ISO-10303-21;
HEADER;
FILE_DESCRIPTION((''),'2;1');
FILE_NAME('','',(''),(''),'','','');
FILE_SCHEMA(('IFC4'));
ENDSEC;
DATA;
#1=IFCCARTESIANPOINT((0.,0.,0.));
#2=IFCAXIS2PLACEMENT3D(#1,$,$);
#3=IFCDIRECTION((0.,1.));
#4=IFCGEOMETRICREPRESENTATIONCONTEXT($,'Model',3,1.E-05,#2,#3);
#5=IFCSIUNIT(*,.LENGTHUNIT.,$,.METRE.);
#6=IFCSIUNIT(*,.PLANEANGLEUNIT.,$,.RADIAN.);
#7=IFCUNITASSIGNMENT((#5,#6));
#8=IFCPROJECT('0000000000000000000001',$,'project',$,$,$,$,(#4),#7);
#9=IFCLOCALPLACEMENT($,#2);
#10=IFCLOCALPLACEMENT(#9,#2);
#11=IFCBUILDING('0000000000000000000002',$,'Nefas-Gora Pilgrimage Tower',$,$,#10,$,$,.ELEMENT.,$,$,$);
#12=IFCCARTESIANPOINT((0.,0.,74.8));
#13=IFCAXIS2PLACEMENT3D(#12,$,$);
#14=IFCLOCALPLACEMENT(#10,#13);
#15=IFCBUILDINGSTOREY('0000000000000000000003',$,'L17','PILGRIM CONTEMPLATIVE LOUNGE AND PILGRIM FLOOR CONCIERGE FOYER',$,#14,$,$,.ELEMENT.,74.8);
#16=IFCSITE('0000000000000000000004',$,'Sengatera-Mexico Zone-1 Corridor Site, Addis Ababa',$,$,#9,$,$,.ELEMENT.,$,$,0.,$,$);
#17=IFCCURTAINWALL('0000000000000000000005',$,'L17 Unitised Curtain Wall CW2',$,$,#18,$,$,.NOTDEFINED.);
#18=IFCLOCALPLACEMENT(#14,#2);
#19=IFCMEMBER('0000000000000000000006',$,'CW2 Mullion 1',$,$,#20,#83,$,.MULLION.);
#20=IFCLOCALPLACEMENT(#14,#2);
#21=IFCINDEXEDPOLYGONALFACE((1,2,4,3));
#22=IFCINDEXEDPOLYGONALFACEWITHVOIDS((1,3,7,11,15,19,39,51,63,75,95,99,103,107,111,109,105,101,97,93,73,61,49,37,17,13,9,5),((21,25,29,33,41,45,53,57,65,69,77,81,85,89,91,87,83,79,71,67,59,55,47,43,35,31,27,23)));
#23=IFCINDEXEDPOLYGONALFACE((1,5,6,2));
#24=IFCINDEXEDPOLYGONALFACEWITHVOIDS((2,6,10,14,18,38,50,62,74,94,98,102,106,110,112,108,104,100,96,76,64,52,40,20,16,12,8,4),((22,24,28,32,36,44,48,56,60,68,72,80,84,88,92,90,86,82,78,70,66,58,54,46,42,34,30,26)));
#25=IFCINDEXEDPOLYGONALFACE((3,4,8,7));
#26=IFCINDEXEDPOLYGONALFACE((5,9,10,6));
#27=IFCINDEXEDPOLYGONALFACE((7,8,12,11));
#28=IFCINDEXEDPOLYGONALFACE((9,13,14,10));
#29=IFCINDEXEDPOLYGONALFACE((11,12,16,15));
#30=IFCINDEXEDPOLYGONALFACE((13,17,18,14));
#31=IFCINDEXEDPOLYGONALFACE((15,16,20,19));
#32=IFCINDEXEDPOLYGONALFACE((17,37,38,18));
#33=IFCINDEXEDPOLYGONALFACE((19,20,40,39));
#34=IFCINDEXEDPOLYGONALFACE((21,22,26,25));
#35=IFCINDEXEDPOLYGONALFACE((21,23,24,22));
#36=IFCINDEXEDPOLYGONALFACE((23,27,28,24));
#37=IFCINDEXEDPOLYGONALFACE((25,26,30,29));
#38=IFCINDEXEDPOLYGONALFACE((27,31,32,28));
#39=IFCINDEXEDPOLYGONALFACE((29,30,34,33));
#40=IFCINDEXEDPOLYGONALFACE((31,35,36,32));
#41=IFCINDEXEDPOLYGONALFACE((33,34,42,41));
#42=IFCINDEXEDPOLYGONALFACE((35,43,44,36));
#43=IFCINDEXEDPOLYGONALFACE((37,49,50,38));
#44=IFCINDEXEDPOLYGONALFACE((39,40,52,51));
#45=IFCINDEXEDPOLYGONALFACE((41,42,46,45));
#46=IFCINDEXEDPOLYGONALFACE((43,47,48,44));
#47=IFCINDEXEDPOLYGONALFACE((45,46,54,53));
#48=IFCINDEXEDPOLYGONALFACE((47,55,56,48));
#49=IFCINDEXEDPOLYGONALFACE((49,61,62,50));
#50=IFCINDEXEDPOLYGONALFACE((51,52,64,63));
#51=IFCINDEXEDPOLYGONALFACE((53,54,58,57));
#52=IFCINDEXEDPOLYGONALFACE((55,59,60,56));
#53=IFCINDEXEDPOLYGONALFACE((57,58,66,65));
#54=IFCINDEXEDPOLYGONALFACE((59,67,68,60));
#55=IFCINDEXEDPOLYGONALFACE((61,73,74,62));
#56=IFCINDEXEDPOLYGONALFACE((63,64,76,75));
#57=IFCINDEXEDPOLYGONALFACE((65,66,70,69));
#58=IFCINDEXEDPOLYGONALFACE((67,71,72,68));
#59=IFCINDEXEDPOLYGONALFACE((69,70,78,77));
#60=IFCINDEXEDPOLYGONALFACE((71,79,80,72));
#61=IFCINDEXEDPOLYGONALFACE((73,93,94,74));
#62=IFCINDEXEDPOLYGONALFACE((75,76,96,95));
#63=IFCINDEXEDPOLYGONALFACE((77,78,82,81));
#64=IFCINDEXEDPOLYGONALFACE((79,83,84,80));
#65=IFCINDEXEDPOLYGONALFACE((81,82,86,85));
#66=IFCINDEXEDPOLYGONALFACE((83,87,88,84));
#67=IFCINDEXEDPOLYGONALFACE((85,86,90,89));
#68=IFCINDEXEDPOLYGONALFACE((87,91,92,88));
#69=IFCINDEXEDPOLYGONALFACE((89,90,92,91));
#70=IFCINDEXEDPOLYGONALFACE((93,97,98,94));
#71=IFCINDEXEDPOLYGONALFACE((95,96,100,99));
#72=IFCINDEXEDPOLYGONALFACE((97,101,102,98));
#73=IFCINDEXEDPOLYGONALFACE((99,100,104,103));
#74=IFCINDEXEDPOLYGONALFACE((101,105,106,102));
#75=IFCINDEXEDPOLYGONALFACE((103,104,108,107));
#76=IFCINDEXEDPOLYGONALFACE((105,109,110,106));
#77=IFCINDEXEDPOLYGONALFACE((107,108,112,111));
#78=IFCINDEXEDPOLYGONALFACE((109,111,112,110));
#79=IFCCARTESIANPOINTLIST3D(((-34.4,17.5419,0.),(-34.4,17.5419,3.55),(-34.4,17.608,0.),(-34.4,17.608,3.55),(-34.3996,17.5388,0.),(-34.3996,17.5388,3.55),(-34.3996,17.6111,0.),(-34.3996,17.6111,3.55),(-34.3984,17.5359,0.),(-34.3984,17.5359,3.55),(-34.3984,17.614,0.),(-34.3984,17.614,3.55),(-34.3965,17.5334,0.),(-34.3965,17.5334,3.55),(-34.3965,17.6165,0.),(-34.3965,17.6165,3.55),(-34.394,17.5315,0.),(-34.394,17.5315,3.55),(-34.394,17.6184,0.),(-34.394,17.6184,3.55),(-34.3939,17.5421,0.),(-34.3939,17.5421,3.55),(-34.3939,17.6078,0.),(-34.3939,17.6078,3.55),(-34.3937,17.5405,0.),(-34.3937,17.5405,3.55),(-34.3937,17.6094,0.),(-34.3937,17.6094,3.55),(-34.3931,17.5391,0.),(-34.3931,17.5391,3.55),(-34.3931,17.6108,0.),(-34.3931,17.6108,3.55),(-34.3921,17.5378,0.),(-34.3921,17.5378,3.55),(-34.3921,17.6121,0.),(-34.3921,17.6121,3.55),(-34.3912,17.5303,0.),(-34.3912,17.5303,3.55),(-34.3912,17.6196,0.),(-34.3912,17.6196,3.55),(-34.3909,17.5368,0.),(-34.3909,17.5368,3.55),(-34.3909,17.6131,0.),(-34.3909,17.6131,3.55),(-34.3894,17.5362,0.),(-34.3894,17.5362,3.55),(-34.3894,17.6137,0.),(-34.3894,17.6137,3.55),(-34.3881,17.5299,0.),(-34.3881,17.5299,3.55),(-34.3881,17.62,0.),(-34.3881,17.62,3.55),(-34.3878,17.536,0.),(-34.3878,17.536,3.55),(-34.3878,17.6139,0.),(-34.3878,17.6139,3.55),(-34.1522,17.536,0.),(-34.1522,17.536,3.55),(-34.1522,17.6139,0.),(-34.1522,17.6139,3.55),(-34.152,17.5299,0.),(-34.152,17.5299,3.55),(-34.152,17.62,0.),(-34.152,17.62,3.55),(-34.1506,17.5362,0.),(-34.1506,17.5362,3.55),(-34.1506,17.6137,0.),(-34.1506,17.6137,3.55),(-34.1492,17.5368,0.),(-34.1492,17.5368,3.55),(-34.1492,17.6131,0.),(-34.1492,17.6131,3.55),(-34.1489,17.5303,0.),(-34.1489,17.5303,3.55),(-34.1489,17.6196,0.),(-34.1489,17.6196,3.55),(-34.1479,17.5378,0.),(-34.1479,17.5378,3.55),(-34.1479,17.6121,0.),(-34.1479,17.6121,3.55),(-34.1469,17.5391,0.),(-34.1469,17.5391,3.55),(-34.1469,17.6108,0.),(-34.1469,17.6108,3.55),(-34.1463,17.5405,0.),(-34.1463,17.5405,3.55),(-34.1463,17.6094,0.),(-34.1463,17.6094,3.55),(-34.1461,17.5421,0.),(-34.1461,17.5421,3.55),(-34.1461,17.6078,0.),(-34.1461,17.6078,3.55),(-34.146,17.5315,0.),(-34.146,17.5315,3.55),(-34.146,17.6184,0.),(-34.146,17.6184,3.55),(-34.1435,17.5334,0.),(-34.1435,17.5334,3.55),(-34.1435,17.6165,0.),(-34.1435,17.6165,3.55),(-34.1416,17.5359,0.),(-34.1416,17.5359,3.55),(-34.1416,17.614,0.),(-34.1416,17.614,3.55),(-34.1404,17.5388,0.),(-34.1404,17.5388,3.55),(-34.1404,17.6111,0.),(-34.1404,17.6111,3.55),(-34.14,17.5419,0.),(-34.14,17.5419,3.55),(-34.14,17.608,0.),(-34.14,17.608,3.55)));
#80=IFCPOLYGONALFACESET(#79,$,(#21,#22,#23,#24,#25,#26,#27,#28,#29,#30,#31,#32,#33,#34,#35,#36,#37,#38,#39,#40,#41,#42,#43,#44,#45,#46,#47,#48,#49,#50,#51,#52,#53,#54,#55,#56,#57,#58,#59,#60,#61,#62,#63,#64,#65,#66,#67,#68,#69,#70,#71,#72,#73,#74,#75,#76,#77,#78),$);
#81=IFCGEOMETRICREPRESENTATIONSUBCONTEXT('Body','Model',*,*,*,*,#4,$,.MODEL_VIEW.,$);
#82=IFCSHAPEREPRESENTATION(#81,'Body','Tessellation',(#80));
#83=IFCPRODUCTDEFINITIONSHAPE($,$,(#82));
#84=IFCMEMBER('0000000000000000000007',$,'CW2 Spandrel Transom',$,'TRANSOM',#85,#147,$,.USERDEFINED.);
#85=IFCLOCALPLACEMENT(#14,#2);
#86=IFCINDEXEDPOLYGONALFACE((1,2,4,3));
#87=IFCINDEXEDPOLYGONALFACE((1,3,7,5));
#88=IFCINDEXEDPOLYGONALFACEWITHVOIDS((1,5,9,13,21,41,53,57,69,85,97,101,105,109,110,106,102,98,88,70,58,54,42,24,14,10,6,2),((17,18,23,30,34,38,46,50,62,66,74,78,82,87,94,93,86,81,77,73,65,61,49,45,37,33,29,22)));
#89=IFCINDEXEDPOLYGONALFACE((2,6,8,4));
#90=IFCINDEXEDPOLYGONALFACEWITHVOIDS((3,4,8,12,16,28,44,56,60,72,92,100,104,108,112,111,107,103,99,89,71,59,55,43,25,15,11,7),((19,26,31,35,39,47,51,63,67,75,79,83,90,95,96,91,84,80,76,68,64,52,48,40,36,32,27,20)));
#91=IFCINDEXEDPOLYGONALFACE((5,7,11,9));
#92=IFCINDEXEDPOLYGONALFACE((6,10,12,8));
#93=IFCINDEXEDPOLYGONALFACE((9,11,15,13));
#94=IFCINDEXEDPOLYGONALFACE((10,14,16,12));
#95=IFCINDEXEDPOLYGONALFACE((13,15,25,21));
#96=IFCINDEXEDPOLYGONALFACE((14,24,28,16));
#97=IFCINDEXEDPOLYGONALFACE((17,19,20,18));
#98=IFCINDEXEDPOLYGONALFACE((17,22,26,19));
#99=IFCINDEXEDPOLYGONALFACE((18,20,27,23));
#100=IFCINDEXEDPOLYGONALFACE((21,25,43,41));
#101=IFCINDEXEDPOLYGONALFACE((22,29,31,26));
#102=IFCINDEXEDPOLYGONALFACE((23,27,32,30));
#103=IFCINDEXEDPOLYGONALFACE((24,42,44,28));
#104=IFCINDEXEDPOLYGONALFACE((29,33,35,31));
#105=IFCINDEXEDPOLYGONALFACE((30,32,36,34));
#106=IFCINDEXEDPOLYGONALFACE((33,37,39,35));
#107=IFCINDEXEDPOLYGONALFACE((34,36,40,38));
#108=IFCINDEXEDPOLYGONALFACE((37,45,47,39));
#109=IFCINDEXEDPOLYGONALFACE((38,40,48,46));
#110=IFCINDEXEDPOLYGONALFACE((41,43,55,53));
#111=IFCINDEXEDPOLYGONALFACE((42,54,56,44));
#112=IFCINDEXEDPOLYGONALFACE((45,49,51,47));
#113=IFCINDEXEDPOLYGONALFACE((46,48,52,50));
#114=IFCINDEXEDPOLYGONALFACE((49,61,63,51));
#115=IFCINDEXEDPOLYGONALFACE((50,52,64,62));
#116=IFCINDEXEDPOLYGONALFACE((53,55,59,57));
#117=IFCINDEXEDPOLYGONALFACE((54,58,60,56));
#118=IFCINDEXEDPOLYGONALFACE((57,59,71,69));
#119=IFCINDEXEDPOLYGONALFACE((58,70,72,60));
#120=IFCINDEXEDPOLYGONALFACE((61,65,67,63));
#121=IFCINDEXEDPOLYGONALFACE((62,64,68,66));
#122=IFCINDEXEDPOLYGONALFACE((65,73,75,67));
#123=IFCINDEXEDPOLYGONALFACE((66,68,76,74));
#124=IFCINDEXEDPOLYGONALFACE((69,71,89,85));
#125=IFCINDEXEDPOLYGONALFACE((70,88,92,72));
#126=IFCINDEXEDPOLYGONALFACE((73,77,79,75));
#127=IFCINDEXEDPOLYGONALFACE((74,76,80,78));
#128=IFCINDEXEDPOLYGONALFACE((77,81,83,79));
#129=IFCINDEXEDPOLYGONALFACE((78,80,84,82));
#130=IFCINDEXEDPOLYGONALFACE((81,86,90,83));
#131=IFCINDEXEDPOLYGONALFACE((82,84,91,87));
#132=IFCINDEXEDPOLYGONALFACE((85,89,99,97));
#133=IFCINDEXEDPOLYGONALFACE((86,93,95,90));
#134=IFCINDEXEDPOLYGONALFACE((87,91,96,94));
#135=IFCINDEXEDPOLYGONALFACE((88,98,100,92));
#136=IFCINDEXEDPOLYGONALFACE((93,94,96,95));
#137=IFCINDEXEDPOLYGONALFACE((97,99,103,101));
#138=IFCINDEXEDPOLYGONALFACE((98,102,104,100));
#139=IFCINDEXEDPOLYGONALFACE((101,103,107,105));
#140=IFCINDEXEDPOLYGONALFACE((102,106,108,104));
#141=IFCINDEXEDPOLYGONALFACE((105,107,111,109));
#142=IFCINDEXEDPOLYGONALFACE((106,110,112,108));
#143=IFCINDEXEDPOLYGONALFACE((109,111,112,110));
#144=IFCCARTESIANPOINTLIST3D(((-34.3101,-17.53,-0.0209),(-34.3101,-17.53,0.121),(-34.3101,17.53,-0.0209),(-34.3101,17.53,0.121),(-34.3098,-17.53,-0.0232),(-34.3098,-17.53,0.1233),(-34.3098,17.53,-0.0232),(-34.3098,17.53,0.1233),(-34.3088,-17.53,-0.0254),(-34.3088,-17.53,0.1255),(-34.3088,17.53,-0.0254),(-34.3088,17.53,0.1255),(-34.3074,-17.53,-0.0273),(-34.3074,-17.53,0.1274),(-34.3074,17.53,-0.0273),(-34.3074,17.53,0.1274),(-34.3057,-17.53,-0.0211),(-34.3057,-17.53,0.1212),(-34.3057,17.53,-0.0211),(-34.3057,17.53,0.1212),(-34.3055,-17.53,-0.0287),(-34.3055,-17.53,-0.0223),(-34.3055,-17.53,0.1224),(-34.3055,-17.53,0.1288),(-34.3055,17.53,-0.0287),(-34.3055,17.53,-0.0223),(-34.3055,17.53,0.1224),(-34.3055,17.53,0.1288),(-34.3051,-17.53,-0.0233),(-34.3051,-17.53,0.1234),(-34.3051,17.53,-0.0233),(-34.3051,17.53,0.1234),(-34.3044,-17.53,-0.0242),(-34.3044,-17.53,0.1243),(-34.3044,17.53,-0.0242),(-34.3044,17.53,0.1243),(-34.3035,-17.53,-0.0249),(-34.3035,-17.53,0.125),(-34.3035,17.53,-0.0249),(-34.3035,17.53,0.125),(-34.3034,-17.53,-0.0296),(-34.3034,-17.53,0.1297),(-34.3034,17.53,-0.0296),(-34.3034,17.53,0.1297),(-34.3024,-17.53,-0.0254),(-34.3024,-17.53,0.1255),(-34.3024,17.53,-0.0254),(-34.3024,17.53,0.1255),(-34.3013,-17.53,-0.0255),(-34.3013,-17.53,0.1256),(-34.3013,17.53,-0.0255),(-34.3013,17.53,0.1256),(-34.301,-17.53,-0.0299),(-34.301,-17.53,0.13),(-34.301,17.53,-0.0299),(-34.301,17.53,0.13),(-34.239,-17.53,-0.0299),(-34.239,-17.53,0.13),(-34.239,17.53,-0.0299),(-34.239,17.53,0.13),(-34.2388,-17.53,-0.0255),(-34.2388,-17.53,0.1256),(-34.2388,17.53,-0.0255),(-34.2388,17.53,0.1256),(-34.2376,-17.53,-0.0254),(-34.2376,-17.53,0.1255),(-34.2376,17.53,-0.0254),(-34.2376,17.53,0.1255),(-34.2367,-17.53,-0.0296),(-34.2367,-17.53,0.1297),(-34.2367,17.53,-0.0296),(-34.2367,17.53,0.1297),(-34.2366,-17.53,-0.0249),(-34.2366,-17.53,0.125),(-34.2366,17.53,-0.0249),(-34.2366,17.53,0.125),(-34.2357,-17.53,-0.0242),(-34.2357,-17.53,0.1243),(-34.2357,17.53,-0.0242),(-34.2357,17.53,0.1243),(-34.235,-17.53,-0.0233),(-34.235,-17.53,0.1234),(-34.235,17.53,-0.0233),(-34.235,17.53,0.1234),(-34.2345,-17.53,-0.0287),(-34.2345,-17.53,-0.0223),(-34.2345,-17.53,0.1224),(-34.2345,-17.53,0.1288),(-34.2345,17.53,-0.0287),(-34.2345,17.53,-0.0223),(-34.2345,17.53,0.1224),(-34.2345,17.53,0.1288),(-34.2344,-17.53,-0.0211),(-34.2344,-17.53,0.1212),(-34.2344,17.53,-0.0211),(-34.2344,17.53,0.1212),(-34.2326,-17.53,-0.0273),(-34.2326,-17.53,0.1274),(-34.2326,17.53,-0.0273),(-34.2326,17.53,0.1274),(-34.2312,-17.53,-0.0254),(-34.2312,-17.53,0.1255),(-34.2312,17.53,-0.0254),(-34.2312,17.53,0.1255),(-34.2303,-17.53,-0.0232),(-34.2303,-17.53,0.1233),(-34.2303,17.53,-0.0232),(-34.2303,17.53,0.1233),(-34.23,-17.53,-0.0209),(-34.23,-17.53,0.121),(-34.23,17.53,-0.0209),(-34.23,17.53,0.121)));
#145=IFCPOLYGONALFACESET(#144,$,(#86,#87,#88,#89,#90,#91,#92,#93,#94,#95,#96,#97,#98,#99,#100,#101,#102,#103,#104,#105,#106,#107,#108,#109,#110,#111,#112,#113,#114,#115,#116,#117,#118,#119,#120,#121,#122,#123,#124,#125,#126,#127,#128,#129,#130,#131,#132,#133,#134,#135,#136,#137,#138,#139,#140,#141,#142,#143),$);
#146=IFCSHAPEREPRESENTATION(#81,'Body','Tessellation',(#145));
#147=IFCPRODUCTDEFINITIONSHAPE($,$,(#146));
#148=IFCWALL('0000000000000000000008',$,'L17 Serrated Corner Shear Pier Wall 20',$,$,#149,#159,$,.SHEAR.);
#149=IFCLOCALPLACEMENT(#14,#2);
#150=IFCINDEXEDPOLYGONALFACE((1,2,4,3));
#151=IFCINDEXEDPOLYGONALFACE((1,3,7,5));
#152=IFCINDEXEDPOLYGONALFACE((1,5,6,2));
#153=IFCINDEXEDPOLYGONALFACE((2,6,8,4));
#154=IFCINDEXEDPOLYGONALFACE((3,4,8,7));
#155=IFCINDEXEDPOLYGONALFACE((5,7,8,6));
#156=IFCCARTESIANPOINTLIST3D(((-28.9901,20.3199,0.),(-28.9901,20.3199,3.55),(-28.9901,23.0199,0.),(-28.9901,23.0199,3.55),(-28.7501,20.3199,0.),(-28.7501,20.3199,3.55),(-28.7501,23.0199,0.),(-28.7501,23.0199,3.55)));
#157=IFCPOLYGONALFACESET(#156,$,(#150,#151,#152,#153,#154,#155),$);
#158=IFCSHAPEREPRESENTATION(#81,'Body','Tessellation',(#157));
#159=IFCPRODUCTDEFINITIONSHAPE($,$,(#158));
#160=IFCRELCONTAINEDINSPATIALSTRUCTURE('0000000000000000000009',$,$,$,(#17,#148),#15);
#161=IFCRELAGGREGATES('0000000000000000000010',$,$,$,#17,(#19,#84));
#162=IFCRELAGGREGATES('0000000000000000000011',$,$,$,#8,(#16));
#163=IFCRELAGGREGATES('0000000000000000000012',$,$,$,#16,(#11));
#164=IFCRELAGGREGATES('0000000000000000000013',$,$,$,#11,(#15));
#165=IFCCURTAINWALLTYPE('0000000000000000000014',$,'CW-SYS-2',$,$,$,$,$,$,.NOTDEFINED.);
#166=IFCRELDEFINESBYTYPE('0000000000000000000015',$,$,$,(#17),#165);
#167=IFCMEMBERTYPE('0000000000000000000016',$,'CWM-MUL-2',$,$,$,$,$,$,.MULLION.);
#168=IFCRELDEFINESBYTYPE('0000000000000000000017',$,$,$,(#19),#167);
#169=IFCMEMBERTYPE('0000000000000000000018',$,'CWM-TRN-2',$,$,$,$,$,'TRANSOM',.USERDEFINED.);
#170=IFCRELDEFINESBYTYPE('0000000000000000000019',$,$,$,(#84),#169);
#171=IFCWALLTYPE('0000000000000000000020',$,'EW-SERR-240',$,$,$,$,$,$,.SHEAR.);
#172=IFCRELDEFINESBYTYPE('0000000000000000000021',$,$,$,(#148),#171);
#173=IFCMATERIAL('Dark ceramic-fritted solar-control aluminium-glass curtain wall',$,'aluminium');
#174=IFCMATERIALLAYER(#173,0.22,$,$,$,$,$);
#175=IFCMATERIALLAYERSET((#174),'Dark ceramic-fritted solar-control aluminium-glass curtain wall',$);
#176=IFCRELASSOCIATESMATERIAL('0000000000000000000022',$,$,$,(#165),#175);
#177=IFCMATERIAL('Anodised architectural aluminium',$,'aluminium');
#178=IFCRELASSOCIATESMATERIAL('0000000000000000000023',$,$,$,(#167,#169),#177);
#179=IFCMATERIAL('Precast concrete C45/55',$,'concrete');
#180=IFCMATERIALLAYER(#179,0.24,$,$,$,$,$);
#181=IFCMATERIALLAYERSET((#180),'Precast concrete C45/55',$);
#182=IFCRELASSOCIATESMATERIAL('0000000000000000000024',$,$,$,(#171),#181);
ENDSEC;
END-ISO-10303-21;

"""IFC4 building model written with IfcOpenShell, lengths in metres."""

from ifc_helpers import new_model, si_unit, direction, frame, frame_2d, origin, origin_2d, place, context, subcontext, project, spatial, rectangle, hollow_rectangle, extrude, source, transform, mapped, material, layer, layer_set, material_profile, profile_set, type_object, element, aggregate, save


model = new_model("IFC4")

# Units and contexts
model_context = context("Model", 3, precision=1e-05, world=origin(), true_north=direction((0.0, 1.0)))
body_context = subcontext(model_context, "Body", "Model", "MODEL_VIEW")
ifc_project = project(units=[si_unit("LENGTHUNIT", "METRE"), si_unit("PLANEANGLEUNIT", "RADIAN")], contexts=[model_context])

# Site, building, storey
site_placement = place(None, origin())
site = spatial("IfcSite", under=ifc_project, at=site_placement, Name="Sengatera-Mexico Zone-1 Corridor Site, Addis Ababa", CompositionType="ELEMENT", RefElevation=0.0)
building_placement = place(site_placement, origin())
building = spatial("IfcBuilding", under=site, at=building_placement, Name="Nefas-Gora Pilgrimage Tower", CompositionType="ELEMENT")
storey_placement = place(building_placement, frame((0.0, 0.0, 74.8)))
storey = spatial("IfcBuildingStorey", under=building, at=storey_placement, Name="L17", Description="PILGRIM CONTEMPLATIVE LOUNGE AND PILGRIM FLOOR CONCIERGE FOYER", CompositionType="ELEMENT", Elevation=74.8)

# Shared definitions
ifc_material_1 = material(Name="Dark ceramic-fritted solar-control aluminium-glass curtain wall", Category="aluminium")
ifc_layer_1 = layer(ifc_material_1, 0.22)
ifc_layer_set_1 = layer_set([ifc_layer_1], Name="Dark ceramic-fritted solar-control aluminium-glass curtain wall")
curtain_wall_type = type_object("IfcCurtainWallType", Name="CW-SYS-2", PredefinedType="NOTDEFINED", material=ifc_layer_set_1)
ifc_material_2 = material(Name="Anodised architectural aluminium", Category="aluminium")
ifc_material_profile_1 = material_profile(ifc_material_2, hollow_rectangle(XDim=0.0901, YDim=0.26, WallThickness=0.0061, InnerFilletRadius=0.0061, OuterFilletRadius=0.012, at=origin_2d()), Name="ALU MULLION 90x260")
ifc_profile_set_1 = profile_set([ifc_material_profile_1], Name="Anodised architectural aluminium")
member_type_1 = type_object("IfcMemberType", Name="CWM-MUL-2", PredefinedType="MULLION", material=ifc_profile_set_1)
shared_shape_1 = source(origin(), body_context, "Body", "SweptSolid", [
    extrude(hollow_rectangle(XDim=0.0901, YDim=0.26, WallThickness=0.0061, InnerFilletRadius=0.0061, OuterFilletRadius=0.012, at=origin_2d()), origin(), (0.0, 0.0, 1.0), 3.55),
])

# Curtain wall, members
curtain_wall_1_placement = place(storey_placement, origin())
curtain_wall_1 = element("IfcCurtainWall", 1, at=curtain_wall_1_placement, inside=storey, type_object=curtain_wall_type, Name="L17 Unitised Curtain Wall CW2", PredefinedType="NOTDEFINED")
member_1_placement = place(storey_placement, frame((-34.27, 17.575, 0.0), z_axis=(0.0, 0.0, 1.0), x_axis=(0.0, -1.0, 0.0)))
member_1 = element("IfcMember", 2, at=member_1_placement, type_object=member_type_1, Name="CW2 Mullion 1", PredefinedType="MULLION", context=body_context, shape_type="MappedRepresentation", body=[
    mapped(shared_shape_1, transform((0.0, 0.0, 0.0), x_axis=(1.0, 0.0, 0.0), y_axis=(0.0, 1.0, 0.0), z_axis=(0.0, 0.0, 1.0), scale=1.0)),
])
ifc_material_profile_2 = material_profile(ifc_material_2, hollow_rectangle(XDim=0.0801, YDim=0.1599, WallThickness=0.0044, InnerFilletRadius=0.0044, OuterFilletRadius=0.009, at=origin_2d()), Name="ALU TRANSOM 80x160")
ifc_profile_set_2 = profile_set([ifc_material_profile_2], Name="Anodised architectural aluminium")
member_type_2 = type_object("IfcMemberType", Name="CWM-TRN-2", ElementType="TRANSOM", PredefinedType="USERDEFINED", material=ifc_profile_set_2)
shared_shape_2 = source(origin(), body_context, "Body", "SweptSolid", [
    extrude(hollow_rectangle(XDim=0.0801, YDim=0.1599, WallThickness=0.0044, InnerFilletRadius=0.0044, OuterFilletRadius=0.009, at=origin_2d()), origin(), (0.0, 0.0, 1.0), 35.0601),
])
member_2_placement = place(storey_placement, frame((-34.27, 17.53, 0.05), z_axis=(0.0, -1.0, 0.0), x_axis=(1.0, 0.0, 0.0)))
member_2 = element("IfcMember", 3, at=member_2_placement, type_object=member_type_2, Name="CW2 Spandrel Transom", ObjectType="TRANSOM", PredefinedType="USERDEFINED", context=body_context, shape_type="MappedRepresentation", body=[
    mapped(shared_shape_2, transform((0.0, 0.0, 0.0), x_axis=(1.0, 0.0, 0.0), y_axis=(0.0, 1.0, 0.0), z_axis=(0.0, 0.0, 1.0), scale=1.0)),
])
aggregate(curtain_wall_1, [member_1, member_2])

# Wall
ifc_material_3 = material(Name="Precast concrete C45/55", Category="concrete")
ifc_layer_2 = layer(ifc_material_3, 0.24)
ifc_layer_set_2 = layer_set([ifc_layer_2], Name="Precast concrete C45/55")
wall_type_1 = type_object("IfcWallType", Name="EW-SERR-240", PredefinedType="SHEAR", material=ifc_layer_set_2)
shared_shape_3 = source(origin(), body_context, "Body", "SweptSolid", [
    extrude(rectangle(XDim=2.7, YDim=0.24, at=frame_2d((1.3501, 0.0))), origin(), (0.0, 0.0, 1.0), 3.55),
])
wall_1_placement = place(storey_placement, frame((-28.8701, 23.02, 0.0), z_axis=(0.0, 0.0, 1.0), x_axis=(0.0, -1.0, 0.0)))
element("IfcWall", 4, at=wall_1_placement, inside=storey, type_object=wall_type_1, Name="L17 Serrated Corner Shear Pier Wall 20", PredefinedType="SHEAR", context=body_context, shape_type="MappedRepresentation", body=[
    mapped(shared_shape_3, transform((0.0, 0.0, 0.0), x_axis=(1.0, 0.0, 0.0), y_axis=(0.0, 1.0, 0.0), z_axis=(0.0, 0.0, 1.0), scale=1.0)),
])

save(model, "model.ifc")
